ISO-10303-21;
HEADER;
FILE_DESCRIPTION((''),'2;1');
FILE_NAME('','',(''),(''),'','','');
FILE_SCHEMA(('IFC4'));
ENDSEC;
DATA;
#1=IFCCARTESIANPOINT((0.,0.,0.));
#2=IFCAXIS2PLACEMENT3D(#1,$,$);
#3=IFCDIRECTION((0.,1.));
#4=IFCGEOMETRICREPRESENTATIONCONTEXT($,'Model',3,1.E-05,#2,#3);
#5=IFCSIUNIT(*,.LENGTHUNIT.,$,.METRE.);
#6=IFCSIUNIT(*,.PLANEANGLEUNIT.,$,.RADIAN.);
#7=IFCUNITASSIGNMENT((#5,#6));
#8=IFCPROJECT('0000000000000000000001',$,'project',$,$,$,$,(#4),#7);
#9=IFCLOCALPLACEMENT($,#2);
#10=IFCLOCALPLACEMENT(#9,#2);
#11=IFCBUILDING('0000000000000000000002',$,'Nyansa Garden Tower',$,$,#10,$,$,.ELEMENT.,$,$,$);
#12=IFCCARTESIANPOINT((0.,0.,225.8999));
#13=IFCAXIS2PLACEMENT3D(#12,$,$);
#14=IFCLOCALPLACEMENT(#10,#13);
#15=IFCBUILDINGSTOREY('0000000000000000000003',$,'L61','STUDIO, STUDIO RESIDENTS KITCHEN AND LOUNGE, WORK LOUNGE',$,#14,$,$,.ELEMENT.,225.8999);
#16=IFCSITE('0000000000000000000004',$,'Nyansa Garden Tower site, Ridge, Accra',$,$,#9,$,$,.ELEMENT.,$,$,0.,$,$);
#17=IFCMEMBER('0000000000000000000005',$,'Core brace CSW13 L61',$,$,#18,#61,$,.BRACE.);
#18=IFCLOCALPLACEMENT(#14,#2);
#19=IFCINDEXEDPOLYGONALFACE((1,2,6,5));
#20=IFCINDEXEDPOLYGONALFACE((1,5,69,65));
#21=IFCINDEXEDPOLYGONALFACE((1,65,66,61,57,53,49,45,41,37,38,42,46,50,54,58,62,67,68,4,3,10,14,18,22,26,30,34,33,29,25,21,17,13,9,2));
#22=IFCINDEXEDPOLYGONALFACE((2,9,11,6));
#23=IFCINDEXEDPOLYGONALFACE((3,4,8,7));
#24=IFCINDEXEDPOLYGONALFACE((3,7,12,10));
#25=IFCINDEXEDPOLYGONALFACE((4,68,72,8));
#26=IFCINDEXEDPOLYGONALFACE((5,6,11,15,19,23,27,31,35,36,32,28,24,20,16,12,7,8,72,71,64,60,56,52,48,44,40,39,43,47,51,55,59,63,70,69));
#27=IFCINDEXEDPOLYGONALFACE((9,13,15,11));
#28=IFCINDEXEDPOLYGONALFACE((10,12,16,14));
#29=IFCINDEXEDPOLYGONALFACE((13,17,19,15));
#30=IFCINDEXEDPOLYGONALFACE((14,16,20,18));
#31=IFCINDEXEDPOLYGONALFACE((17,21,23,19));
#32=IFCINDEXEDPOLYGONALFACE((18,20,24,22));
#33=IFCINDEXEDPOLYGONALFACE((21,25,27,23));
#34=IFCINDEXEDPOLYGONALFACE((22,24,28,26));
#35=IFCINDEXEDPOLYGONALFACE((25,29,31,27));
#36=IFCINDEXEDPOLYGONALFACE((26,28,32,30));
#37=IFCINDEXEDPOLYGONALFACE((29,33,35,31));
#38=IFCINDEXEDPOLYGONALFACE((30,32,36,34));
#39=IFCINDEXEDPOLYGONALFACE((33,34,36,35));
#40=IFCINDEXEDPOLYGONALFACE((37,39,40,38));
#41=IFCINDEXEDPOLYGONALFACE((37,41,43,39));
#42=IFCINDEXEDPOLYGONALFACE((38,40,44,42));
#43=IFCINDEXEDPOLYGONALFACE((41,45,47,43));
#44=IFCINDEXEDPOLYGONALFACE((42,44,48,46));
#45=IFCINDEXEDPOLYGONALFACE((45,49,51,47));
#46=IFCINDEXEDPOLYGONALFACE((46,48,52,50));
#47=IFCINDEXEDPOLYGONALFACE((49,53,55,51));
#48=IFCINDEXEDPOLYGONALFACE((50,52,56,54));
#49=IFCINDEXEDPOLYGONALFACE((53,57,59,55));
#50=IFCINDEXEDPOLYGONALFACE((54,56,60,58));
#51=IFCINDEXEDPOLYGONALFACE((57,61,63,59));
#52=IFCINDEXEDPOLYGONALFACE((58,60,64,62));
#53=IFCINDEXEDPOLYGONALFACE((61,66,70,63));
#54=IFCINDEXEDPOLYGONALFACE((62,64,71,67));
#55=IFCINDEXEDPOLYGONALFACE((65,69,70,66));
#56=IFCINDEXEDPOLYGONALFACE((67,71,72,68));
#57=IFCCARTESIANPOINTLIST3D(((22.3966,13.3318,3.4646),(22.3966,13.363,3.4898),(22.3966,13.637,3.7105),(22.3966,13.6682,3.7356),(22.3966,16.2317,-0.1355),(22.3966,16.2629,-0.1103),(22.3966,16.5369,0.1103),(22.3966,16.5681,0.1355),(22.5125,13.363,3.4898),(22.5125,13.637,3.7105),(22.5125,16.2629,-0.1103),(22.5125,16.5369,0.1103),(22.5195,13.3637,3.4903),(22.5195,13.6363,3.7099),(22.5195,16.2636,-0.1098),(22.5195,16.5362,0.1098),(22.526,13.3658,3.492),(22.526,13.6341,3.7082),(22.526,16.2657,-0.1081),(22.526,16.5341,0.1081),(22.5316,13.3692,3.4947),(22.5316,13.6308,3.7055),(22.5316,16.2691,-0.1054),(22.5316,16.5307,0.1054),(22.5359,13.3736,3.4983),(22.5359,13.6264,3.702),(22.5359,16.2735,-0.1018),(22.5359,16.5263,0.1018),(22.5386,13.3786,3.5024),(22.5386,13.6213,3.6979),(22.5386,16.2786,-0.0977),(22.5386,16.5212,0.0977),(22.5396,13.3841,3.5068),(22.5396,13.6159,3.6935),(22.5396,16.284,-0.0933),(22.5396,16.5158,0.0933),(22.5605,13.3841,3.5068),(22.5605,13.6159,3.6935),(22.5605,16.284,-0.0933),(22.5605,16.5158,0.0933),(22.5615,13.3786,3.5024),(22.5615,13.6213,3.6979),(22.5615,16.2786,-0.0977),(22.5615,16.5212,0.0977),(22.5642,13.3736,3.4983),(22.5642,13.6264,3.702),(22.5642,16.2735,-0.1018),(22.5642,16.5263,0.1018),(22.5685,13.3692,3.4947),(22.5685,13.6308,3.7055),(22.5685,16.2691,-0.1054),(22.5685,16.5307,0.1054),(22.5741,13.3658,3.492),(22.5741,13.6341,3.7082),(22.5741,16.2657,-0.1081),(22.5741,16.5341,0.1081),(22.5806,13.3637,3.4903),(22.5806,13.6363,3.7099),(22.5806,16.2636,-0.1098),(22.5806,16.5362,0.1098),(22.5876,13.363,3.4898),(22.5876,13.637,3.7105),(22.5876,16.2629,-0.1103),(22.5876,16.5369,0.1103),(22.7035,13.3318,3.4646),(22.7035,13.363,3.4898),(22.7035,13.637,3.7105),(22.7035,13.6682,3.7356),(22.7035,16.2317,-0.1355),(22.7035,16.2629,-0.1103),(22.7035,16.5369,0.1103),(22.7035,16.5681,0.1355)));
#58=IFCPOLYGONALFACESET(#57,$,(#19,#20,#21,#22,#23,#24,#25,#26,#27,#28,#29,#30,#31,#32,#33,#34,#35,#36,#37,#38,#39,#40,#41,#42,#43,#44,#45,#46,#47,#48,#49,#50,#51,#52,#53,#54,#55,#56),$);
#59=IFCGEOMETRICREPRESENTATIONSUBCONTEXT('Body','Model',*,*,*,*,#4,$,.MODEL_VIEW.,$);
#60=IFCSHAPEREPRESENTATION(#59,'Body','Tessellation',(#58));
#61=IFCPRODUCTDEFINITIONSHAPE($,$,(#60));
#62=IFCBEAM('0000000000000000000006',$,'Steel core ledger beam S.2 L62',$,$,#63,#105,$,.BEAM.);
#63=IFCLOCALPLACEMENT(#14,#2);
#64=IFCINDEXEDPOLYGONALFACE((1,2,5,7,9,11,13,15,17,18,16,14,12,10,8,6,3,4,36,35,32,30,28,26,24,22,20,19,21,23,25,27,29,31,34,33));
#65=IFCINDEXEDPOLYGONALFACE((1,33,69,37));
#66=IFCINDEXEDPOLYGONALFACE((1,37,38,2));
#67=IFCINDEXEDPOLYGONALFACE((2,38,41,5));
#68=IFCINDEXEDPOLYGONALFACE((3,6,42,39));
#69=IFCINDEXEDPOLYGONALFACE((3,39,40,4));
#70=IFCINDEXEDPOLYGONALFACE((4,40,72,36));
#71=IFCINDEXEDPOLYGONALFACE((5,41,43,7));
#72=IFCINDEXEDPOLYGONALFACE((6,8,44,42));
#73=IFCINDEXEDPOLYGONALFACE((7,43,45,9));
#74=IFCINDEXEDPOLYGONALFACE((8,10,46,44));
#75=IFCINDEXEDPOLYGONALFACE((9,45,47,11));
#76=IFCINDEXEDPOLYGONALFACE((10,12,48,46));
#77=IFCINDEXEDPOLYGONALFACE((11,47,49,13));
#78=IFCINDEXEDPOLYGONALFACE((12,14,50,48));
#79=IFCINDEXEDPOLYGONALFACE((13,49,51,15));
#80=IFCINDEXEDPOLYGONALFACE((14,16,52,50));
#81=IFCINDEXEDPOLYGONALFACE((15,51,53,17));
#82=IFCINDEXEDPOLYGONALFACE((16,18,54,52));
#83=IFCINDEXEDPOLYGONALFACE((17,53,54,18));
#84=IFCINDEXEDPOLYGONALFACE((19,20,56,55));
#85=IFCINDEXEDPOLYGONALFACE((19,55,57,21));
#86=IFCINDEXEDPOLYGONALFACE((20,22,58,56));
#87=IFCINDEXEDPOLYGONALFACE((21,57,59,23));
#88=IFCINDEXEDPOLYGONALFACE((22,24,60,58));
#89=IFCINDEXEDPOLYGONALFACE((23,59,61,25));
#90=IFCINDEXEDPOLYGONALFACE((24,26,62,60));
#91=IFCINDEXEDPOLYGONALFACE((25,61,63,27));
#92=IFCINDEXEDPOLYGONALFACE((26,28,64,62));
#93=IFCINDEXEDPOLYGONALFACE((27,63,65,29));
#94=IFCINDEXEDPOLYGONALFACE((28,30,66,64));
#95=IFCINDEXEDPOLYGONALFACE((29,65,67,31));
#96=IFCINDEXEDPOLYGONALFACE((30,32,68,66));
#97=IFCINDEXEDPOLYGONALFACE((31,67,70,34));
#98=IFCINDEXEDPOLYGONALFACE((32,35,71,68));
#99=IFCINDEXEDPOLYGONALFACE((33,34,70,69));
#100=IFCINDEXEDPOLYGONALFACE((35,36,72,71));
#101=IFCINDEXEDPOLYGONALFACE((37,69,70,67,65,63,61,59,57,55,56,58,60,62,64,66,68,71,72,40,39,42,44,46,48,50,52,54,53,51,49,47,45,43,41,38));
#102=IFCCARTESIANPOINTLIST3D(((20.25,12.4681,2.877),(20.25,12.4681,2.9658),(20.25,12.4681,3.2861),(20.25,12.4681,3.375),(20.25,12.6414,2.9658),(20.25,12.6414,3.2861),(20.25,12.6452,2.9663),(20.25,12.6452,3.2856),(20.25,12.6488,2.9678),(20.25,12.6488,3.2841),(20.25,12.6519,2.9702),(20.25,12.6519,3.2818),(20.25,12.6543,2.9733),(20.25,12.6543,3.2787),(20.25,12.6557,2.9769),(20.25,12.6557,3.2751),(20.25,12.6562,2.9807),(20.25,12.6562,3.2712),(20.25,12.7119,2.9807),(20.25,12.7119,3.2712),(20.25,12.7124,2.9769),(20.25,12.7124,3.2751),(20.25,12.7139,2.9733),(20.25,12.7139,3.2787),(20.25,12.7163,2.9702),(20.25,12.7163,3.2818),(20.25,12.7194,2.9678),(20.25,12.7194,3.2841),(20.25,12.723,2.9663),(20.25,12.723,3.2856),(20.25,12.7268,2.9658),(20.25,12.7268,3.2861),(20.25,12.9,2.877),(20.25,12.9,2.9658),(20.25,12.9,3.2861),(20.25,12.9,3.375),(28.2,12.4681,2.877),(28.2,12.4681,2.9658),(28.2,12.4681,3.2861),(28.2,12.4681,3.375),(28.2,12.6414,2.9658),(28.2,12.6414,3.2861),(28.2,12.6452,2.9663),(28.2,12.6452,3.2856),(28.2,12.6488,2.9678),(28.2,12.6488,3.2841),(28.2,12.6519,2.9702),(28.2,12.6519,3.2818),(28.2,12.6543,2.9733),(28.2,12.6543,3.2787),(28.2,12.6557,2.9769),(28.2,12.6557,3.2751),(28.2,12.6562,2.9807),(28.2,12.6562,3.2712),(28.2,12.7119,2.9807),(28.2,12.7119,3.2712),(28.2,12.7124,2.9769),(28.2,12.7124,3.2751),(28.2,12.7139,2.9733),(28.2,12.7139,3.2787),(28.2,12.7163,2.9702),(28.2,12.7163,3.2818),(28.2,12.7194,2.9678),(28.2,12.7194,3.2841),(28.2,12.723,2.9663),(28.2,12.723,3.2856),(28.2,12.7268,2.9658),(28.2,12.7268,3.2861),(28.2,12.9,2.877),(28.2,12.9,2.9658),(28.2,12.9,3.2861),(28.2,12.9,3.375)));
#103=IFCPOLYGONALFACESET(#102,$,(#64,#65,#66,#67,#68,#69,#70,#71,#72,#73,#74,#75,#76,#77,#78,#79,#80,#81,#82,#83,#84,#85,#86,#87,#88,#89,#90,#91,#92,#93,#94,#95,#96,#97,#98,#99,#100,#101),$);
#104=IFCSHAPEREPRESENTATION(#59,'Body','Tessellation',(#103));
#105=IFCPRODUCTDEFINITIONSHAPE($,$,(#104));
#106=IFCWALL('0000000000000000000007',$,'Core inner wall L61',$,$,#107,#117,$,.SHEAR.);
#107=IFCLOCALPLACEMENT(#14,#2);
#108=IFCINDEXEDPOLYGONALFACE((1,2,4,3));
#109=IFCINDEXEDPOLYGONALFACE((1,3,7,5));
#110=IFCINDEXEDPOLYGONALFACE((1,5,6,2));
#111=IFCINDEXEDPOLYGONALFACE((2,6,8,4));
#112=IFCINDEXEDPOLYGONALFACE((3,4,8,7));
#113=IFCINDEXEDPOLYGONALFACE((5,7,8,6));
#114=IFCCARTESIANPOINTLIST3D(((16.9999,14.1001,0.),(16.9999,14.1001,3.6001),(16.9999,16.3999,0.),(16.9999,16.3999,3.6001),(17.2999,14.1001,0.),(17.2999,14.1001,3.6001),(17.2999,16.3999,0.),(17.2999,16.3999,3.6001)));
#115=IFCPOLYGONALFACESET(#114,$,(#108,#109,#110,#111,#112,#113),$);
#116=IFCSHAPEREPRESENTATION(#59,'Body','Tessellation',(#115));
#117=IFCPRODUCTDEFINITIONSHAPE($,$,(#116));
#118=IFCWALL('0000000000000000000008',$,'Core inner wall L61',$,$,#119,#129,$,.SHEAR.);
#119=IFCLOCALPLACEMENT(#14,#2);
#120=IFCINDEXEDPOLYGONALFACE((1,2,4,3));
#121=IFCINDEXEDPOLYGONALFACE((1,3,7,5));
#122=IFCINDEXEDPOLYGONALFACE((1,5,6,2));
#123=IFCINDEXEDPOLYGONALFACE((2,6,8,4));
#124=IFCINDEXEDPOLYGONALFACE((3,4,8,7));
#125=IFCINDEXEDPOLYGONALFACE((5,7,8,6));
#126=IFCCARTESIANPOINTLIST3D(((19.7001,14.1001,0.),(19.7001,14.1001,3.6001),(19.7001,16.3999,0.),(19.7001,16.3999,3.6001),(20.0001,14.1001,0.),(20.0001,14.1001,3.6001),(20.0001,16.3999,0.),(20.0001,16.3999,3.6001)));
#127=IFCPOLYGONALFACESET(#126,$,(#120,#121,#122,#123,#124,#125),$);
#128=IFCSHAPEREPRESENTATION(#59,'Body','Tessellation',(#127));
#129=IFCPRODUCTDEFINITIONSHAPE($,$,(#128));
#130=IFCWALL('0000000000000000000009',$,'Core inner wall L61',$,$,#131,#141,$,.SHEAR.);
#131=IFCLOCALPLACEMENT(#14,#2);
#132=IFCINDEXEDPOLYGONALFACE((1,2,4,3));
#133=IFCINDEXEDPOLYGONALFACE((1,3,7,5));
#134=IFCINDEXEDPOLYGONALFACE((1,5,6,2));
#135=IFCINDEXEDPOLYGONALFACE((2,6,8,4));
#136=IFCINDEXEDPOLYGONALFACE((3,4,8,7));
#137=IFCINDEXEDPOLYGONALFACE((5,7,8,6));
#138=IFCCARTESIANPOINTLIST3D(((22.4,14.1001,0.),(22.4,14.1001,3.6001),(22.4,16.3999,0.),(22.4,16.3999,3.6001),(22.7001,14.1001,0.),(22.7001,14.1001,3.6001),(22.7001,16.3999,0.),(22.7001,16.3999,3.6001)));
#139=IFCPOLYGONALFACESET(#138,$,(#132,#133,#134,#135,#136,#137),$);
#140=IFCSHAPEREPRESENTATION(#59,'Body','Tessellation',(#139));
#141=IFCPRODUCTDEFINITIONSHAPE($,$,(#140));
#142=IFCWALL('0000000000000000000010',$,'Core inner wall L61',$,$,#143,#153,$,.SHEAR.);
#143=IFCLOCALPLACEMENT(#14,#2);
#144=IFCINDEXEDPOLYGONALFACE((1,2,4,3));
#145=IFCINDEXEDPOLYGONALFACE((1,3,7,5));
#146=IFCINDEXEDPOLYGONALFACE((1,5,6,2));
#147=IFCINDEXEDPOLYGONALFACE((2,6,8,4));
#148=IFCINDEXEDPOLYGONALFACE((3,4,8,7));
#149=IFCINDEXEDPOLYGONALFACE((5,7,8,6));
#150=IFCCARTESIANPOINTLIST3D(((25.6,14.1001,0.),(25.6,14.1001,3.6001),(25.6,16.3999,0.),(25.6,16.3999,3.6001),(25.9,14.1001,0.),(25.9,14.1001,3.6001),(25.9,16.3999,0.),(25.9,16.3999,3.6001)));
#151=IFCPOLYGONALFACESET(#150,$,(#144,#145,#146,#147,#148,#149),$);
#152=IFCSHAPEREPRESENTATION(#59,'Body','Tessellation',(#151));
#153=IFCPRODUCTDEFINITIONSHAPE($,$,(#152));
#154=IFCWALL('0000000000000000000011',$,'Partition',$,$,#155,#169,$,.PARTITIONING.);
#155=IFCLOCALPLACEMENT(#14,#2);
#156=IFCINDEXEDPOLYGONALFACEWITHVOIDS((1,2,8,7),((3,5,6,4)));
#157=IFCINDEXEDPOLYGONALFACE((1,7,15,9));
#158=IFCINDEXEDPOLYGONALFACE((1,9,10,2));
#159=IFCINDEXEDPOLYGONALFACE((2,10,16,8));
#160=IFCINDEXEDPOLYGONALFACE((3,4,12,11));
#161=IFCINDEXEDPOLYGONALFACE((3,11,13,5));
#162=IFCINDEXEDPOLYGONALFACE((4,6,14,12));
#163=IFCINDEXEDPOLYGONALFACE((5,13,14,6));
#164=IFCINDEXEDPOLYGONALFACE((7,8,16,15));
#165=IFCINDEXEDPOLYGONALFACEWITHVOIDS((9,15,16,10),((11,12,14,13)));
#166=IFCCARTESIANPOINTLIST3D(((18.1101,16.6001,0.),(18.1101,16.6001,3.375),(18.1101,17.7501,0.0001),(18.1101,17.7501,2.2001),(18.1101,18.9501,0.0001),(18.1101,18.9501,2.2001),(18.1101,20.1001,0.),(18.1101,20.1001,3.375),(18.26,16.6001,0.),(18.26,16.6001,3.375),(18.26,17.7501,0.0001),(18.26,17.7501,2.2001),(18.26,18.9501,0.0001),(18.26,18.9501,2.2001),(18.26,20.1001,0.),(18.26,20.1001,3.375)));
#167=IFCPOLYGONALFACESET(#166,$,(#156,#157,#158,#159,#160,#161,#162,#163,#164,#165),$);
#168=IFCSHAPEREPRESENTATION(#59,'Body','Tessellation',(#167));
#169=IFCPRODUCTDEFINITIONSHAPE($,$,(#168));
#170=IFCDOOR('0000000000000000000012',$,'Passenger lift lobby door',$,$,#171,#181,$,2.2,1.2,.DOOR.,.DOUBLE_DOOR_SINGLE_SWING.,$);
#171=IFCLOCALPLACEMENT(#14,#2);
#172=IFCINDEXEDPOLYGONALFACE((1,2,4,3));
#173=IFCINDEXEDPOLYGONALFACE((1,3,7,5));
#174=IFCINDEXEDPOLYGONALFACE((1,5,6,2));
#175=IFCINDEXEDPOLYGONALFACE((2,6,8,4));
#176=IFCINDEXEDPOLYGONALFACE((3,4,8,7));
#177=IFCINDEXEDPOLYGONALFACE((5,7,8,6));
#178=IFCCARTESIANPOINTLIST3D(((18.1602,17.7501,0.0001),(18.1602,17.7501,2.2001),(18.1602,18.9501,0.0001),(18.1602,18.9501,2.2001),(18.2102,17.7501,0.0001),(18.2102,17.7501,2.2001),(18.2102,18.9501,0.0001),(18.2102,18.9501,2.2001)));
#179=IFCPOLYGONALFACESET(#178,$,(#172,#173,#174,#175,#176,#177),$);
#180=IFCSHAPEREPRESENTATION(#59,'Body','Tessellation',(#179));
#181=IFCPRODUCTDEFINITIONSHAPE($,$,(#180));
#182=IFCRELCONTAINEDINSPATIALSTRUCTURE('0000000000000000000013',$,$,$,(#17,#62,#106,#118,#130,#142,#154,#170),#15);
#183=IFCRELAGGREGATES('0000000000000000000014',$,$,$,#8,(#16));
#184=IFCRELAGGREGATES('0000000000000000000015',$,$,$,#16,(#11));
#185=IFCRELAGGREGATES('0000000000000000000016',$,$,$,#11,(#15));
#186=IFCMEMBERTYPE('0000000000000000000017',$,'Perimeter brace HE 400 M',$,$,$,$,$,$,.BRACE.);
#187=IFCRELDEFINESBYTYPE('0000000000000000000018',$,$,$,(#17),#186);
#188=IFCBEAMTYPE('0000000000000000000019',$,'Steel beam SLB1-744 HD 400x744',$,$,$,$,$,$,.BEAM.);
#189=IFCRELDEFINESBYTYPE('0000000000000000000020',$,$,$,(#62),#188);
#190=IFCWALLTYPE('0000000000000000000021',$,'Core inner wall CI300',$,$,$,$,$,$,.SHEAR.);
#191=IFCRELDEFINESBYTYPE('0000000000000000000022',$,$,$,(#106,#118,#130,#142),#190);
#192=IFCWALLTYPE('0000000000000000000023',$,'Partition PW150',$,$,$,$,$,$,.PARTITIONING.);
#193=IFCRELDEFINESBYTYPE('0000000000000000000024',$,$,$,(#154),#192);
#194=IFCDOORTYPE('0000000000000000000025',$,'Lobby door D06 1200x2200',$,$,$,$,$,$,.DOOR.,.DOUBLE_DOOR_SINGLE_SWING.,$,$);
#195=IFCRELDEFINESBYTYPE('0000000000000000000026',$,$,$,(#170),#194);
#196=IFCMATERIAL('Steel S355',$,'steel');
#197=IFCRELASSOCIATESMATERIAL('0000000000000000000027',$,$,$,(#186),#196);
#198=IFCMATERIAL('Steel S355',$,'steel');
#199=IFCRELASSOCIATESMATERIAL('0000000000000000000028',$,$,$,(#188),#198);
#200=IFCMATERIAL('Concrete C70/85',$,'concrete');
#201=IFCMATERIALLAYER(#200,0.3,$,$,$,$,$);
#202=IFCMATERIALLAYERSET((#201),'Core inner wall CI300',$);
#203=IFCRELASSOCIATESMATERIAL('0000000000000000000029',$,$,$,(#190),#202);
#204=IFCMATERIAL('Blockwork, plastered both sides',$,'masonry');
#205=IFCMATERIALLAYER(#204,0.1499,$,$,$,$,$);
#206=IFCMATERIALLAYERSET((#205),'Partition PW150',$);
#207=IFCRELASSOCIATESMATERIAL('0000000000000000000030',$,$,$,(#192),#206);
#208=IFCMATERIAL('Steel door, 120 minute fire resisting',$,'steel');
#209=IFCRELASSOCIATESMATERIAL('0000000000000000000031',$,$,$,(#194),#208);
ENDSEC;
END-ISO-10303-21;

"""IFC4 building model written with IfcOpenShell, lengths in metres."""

from ifc_helpers import new_model, si_unit, direction, frame, frame_2d, origin, origin_2d, place, context, subcontext, project, spatial, rectangle, i_section, extrude, material, layer, layer_set, material_profile, profile_set, type_object, element, fill, save


model = new_model("IFC4")

# Units and contexts
model_context = context("Model", 3, precision=1e-05, world=origin(), true_north=direction((0.0, 1.0)))
body_context = subcontext(model_context, "Body", "Model", "MODEL_VIEW")
ifc_project = project(units=[si_unit("LENGTHUNIT", "METRE"), si_unit("PLANEANGLEUNIT", "RADIAN")], contexts=[model_context])

# Site, building, storey
site_placement = place(None, origin())
site = spatial("IfcSite", under=ifc_project, at=site_placement, Name="Nyansa Garden Tower site, Ridge, Accra", CompositionType="ELEMENT", RefElevation=0.0)
building_placement = place(site_placement, origin())
building = spatial("IfcBuilding", under=site, at=building_placement, Name="Nyansa Garden Tower", CompositionType="ELEMENT")
storey_placement = place(building_placement, frame((0.0, 0.0, 225.8999)))
storey = spatial("IfcBuildingStorey", under=building, at=storey_placement, Name="L61", Description="STUDIO, STUDIO RESIDENTS KITCHEN AND LOUNGE, WORK LOUNGE", CompositionType="ELEMENT", Elevation=225.8999)

# Member
ifc_material_1 = material(Name="Steel S355", Category="steel")
ifc_material_profile_1 = material_profile(ifc_material_1, i_section(OverallWidth=0.3069, OverallDepth=0.4319, WebThickness=0.021, FlangeThickness=0.04, FilletRadius=0.0271, at=origin_2d()), Name="HE 400 M")
ifc_profile_set_1 = profile_set([ifc_material_profile_1], Name="Steel S355")
member_type = type_object("IfcMemberType", Name="Perimeter brace HE 400 M", PredefinedType="BRACE", material=ifc_profile_set_1)
for number, where, z_axis, x_axis, name in (
    (1, (22.55, 16.3999, 0.0), (0.0, -0.627306, 0.778773), (1.0, 0.0, 0.0), "Core brace CSW13 L61"),
):
    element("IfcMember", number, at=place(storey_placement, frame(where, z_axis=z_axis, x_axis=x_axis)), inside=storey, type_object=member_type, Name=name, PredefinedType="BRACE", context=body_context, shape_type="SweptSolid", body=[
        extrude(i_section(OverallWidth=0.3069, OverallDepth=0.4319, WebThickness=0.021, FlangeThickness=0.04, FilletRadius=0.0271, at=origin_2d()), origin(), (0.0, 0.0, 1.0), 4.6228),
    ])

# Beam
ifc_material_2 = material(Name="Steel S355", Category="steel")
ifc_material_profile_2 = material_profile(ifc_material_2, i_section(OverallWidth=0.4319, OverallDepth=0.498, WebThickness=0.0557, FlangeThickness=0.0889, FilletRadius=0.0149, at=origin_2d()), Name="HD 400x744")
ifc_profile_set_2 = profile_set([ifc_material_profile_2], Name="Steel S355")
beam_type = type_object("IfcBeamType", Name="Steel beam SLB1-744 HD 400x744", PredefinedType="BEAM", material=ifc_profile_set_2)
beam_placement = place(storey_placement, frame((20.25, 12.6841, 3.126), z_axis=(1.0, 0.0, 0.0), x_axis=(0.0, 1.0, 0.0)))
element("IfcBeam", 2, at=beam_placement, inside=storey, type_object=beam_type, Name="Steel core ledger beam S.2 L62", PredefinedType="BEAM", context=body_context, shape_type="SweptSolid", body=[
    extrude(i_section(OverallWidth=0.4319, OverallDepth=0.498, WebThickness=0.0557, FlangeThickness=0.0889, FilletRadius=0.0149, at=origin_2d()), origin(), (0.0, 0.0, 1.0), 7.95),
])

# Walls
ifc_material_3 = material(Name="Concrete C70/85", Category="concrete")
ifc_layer_1 = layer(ifc_material_3, 0.3)
ifc_layer_set_1 = layer_set([ifc_layer_1], Name="Core inner wall CI300")
wall_type_1 = type_object("IfcWallType", Name="Core inner wall CI300", PredefinedType="SHEAR", material=ifc_layer_set_1)
for number, where, z_axis, x_axis, name in (
    (3, (17.1499, 14.1001, 0.0), (0.0, 0.0, 1.0), (0.0, 1.0, 0.0), "Core inner wall L61"),
    (4, (19.8501, 14.1001, 0.0), (0.0, 0.0, 1.0), (0.0, 1.0, 0.0), "Core inner wall L61"),
    (5, (22.55, 14.1001, 0.0), (0.0, 0.0, 1.0), (0.0, 1.0, 0.0), "Core inner wall L61"),
    (6, (25.75, 14.1001, 0.0), (0.0, 0.0, 1.0), (0.0, 1.0, 0.0), "Core inner wall L61"),
):
    element("IfcWall", number, at=place(storey_placement, frame(where, z_axis=z_axis, x_axis=x_axis)), inside=storey, type_object=wall_type_1, Name=name, PredefinedType="SHEAR", context=body_context, shape_type="SweptSolid", body=[
        extrude(rectangle(XDim=2.2998, YDim=0.3, at=frame_2d((1.1499, 0.0))), origin(), (0.0, 0.0, 1.0), 3.6001),
    ])

# Wall, opening, door
ifc_material_4 = material(Name="Blockwork, plastered both sides", Category="masonry")
ifc_layer_2 = layer(ifc_material_4, 0.1499)
ifc_layer_set_2 = layer_set([ifc_layer_2], Name="Partition PW150")
wall_type_2 = type_object("IfcWallType", Name="Partition PW150", PredefinedType="PARTITIONING", material=ifc_layer_set_2)
wall_1_placement = place(storey_placement, frame((18.1851, 16.6001, 0.0), z_axis=(0.0, 0.0, 1.0), x_axis=(0.0, 1.0, 0.0)))
wall_1 = element("IfcWall", 7, at=wall_1_placement, inside=storey, type_object=wall_type_2, Name="Partition", PredefinedType="PARTITIONING", context=body_context, shape_type="SweptSolid", body=[
    extrude(rectangle(XDim=3.5, YDim=0.1499, at=frame_2d((1.75, 0.0))), origin(), (0.0, 0.0, 1.0), 3.375),
])
opening_1_placement = place(wall_1_placement, frame((1.1499, 0.0, 0.0)))
opening_1 = element("IfcOpeningElement", 8, at=opening_1_placement, cuts=wall_1, PredefinedType="OPENING", context=body_context, shape_type="SweptSolid", body=[
    extrude(rectangle(XDim=1.2, YDim=2.2, at=frame_2d((0.6001, 1.1001))), frame((0.0, 0.085, 0.0), z_axis=(0.0, -1.0, 0.0), x_axis=(1.0, 0.0, 0.0)), (0.0, 0.0, 1.0), 0.1699),
])
ifc_material_5 = material(Name="Steel door, 120 minute fire resisting", Category="steel")
door_type_1 = type_object("IfcDoorType", Name="Lobby door D06 1200x2200", OperationType="DOUBLE_DOOR_SINGLE_SWING", PredefinedType="DOOR", material=ifc_material_5)
door_1_placement = place(opening_1_placement, origin())
door_1 = element("IfcDoor", 9, at=door_1_placement, inside=storey, type_object=door_type_1, Name="Passenger lift lobby door", OperationType="DOUBLE_DOOR_SINGLE_SWING", OverallHeight=2.2, OverallWidth=1.2, PredefinedType="DOOR", context=body_context, shape_type="SweptSolid", body=[
    extrude(rectangle(XDim=1.2, YDim=2.2, at=frame_2d((0.6001, 1.1001))), frame((0.0, 0.0249, 0.0), z_axis=(0.0, -1.0, 0.0), x_axis=(1.0, 0.0, 0.0)), (0.0, 0.0, 1.0), 0.05),
])
fill(opening_1, door_1)

save(model, "model.ifc")
